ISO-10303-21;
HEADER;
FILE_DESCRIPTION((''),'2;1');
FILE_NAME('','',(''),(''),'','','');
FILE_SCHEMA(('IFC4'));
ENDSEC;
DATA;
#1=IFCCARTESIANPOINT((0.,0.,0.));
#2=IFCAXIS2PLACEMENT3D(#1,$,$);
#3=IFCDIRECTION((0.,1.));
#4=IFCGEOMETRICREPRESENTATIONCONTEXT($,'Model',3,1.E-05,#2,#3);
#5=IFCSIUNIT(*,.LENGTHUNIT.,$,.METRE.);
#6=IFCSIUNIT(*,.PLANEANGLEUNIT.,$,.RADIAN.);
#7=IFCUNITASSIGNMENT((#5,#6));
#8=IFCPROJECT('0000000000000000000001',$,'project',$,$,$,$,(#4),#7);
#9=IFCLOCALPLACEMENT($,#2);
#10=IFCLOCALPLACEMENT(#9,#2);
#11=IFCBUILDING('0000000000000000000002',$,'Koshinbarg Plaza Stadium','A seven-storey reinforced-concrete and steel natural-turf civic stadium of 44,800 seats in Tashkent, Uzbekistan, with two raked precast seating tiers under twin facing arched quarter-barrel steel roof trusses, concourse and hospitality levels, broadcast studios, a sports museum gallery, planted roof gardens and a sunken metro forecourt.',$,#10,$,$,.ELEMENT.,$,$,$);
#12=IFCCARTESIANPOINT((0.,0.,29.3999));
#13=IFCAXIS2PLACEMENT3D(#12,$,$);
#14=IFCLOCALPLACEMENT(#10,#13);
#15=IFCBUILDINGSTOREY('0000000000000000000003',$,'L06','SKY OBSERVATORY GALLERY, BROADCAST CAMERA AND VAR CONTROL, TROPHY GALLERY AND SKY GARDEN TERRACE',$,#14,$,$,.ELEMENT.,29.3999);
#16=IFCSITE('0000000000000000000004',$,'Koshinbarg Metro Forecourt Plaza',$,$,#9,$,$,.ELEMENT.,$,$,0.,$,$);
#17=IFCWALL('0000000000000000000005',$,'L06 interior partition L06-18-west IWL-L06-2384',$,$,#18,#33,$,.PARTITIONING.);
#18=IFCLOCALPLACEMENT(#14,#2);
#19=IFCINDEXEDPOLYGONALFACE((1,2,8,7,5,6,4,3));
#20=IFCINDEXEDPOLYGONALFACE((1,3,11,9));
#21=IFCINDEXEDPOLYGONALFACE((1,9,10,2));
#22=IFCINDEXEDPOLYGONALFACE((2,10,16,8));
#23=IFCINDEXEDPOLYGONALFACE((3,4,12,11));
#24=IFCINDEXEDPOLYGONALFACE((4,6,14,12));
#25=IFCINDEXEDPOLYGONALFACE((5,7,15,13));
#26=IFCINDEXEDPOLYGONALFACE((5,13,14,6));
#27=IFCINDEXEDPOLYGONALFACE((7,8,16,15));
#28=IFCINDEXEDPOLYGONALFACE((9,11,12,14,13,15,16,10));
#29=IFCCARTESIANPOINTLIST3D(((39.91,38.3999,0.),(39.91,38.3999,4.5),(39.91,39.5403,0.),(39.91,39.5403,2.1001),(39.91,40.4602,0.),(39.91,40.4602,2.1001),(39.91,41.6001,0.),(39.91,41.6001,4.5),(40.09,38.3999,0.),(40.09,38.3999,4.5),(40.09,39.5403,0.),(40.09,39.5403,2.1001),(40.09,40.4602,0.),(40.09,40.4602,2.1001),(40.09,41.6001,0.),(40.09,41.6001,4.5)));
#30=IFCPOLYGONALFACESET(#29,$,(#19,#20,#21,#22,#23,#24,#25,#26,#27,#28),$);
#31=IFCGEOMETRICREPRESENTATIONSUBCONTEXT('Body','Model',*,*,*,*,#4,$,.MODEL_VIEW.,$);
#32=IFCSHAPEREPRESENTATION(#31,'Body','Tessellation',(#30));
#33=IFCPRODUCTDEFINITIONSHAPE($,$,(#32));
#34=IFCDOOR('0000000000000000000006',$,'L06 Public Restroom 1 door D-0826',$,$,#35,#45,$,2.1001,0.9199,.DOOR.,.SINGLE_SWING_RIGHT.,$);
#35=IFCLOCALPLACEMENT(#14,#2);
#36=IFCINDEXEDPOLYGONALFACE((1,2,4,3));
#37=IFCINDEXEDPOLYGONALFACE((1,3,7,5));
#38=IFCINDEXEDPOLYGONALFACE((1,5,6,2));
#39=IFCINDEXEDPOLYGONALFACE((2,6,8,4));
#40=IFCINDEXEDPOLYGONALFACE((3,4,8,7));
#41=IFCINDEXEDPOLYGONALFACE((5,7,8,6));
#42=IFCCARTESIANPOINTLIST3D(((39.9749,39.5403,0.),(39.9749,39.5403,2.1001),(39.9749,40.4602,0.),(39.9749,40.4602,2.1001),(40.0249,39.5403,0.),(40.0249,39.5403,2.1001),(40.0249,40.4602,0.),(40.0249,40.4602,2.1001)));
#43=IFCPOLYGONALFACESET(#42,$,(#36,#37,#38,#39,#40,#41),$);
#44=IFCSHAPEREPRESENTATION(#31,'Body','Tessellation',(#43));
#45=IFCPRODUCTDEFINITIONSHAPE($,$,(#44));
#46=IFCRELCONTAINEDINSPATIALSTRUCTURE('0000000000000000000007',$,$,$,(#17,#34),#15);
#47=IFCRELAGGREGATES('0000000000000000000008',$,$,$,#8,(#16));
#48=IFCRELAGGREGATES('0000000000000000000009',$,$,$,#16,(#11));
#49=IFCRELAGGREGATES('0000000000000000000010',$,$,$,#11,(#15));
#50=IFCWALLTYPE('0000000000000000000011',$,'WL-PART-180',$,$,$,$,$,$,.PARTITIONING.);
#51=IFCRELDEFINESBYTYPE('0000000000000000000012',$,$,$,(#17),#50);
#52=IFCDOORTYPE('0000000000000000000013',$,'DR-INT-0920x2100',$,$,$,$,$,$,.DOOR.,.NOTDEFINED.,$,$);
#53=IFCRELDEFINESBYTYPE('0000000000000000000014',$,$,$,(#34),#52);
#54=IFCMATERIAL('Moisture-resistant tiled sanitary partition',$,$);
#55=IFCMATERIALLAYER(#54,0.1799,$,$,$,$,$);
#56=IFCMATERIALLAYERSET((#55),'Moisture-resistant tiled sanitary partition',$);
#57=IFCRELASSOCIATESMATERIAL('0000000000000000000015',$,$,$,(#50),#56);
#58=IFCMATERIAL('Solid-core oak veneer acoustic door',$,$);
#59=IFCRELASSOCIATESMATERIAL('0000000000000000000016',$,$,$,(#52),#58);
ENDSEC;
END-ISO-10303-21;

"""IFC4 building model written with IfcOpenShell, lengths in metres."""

from ifc_helpers import new_model, si_unit, direction, frame, frame_2d, origin, place, context, subcontext, project, spatial, rectangle, extrude, material, layer, layer_set, type_object, element, fill, save


model = new_model("IFC4")

# Units and contexts
model_context = context("Model", 3, precision=1e-05, world=origin(), true_north=direction((0.0, 1.0)))
body_context = subcontext(model_context, "Body", "Model", "MODEL_VIEW")
ifc_project = project(units=[si_unit("LENGTHUNIT", "METRE"), si_unit("PLANEANGLEUNIT", "RADIAN")], contexts=[model_context])

# Site, building, storey
site_placement = place(None, origin())
site = spatial("IfcSite", under=ifc_project, at=site_placement, Name="Koshinbarg Metro Forecourt Plaza", CompositionType="ELEMENT", RefElevation=0.0)
building_placement = place(site_placement, origin())
building = spatial("IfcBuilding", under=site, at=building_placement, Name="Koshinbarg Plaza Stadium", Description="A seven-storey reinforced-concrete and steel natural-turf civic stadium of 44,800 seats in Tashkent, Uzbekistan, with two raked precast seating tiers under twin facing arched quarter-barrel steel roof trusses, concourse and hospitality levels, broadcast studios, a sports museum gallery, planted roof gardens and a sunken metro forecourt.", CompositionType="ELEMENT")
storey_placement = place(building_placement, frame((0.0, 0.0, 29.3999)))
storey = spatial("IfcBuildingStorey", under=building, at=storey_placement, Name="L06", Description="SKY OBSERVATORY GALLERY, BROADCAST CAMERA AND VAR CONTROL, TROPHY GALLERY AND SKY GARDEN TERRACE", CompositionType="ELEMENT", Elevation=29.3999)

# Shared definitions
ifc_material_1 = material(Name="Moisture-resistant tiled sanitary partition")
ifc_layer_1 = layer(ifc_material_1, 0.1799)
ifc_layer_set_1 = layer_set([ifc_layer_1], Name="Moisture-resistant tiled sanitary partition")
wall_type_1 = type_object("IfcWallType", Name="WL-PART-180", PredefinedType="PARTITIONING", material=ifc_layer_set_1)

# Wall, opening, door
wall_1_placement = place(storey_placement, frame((40.0, 41.6001, 0.0), z_axis=(0.0, 0.0, 1.0), x_axis=(0.0, -1.0, 0.0)))
wall_1 = element("IfcWall", 1, at=wall_1_placement, inside=storey, type_object=wall_type_1, Name="L06 interior partition L06-18-west IWL-L06-2384", PredefinedType="PARTITIONING", context=body_context, shape_type="SweptSolid", body=[
    extrude(rectangle(XDim=3.2002, YDim=0.1799, at=frame_2d((1.6001, 0.0))), origin(), (0.0, 0.0, 1.0), 4.5),
])
opening_1_placement = place(wall_1_placement, frame((1.1399, 0.0, 0.0)))
opening_1 = element("IfcOpeningElement", 2, at=opening_1_placement, cuts=wall_1, PredefinedType="OPENING", context=body_context, shape_type="SweptSolid", body=[
    extrude(rectangle(XDim=0.9199, YDim=2.1001, at=frame_2d((0.46, 1.05))), frame((0.0, 0.0999, 0.0), z_axis=(0.0, -1.0, 0.0), x_axis=(1.0, 0.0, 0.0)), (0.0, 0.0, 1.0), 0.2),
])
ifc_material_2 = material(Name="Solid-core oak veneer acoustic door")
door_type_1 = type_object("IfcDoorType", Name="DR-INT-0920x2100", OperationType="NOTDEFINED", PredefinedType="DOOR", material=ifc_material_2)
door_1_placement = place(opening_1_placement, origin())
door_1 = element("IfcDoor", 3, at=door_1_placement, inside=storey, type_object=door_type_1, Name="L06 Public Restroom 1 door D-0826", OperationType="SINGLE_SWING_RIGHT", OverallHeight=2.1001, OverallWidth=0.9199, PredefinedType="DOOR", context=body_context, shape_type="SweptSolid", body=[
    extrude(rectangle(XDim=0.9199, YDim=2.1001, at=frame_2d((0.46, 1.05))), frame((0.0, 0.0249, 0.0), z_axis=(0.0, -1.0, 0.0), x_axis=(1.0, 0.0, 0.0)), (0.0, 0.0, 1.0), 0.05),
])
fill(opening_1, door_1)

save(model, "model.ifc")
